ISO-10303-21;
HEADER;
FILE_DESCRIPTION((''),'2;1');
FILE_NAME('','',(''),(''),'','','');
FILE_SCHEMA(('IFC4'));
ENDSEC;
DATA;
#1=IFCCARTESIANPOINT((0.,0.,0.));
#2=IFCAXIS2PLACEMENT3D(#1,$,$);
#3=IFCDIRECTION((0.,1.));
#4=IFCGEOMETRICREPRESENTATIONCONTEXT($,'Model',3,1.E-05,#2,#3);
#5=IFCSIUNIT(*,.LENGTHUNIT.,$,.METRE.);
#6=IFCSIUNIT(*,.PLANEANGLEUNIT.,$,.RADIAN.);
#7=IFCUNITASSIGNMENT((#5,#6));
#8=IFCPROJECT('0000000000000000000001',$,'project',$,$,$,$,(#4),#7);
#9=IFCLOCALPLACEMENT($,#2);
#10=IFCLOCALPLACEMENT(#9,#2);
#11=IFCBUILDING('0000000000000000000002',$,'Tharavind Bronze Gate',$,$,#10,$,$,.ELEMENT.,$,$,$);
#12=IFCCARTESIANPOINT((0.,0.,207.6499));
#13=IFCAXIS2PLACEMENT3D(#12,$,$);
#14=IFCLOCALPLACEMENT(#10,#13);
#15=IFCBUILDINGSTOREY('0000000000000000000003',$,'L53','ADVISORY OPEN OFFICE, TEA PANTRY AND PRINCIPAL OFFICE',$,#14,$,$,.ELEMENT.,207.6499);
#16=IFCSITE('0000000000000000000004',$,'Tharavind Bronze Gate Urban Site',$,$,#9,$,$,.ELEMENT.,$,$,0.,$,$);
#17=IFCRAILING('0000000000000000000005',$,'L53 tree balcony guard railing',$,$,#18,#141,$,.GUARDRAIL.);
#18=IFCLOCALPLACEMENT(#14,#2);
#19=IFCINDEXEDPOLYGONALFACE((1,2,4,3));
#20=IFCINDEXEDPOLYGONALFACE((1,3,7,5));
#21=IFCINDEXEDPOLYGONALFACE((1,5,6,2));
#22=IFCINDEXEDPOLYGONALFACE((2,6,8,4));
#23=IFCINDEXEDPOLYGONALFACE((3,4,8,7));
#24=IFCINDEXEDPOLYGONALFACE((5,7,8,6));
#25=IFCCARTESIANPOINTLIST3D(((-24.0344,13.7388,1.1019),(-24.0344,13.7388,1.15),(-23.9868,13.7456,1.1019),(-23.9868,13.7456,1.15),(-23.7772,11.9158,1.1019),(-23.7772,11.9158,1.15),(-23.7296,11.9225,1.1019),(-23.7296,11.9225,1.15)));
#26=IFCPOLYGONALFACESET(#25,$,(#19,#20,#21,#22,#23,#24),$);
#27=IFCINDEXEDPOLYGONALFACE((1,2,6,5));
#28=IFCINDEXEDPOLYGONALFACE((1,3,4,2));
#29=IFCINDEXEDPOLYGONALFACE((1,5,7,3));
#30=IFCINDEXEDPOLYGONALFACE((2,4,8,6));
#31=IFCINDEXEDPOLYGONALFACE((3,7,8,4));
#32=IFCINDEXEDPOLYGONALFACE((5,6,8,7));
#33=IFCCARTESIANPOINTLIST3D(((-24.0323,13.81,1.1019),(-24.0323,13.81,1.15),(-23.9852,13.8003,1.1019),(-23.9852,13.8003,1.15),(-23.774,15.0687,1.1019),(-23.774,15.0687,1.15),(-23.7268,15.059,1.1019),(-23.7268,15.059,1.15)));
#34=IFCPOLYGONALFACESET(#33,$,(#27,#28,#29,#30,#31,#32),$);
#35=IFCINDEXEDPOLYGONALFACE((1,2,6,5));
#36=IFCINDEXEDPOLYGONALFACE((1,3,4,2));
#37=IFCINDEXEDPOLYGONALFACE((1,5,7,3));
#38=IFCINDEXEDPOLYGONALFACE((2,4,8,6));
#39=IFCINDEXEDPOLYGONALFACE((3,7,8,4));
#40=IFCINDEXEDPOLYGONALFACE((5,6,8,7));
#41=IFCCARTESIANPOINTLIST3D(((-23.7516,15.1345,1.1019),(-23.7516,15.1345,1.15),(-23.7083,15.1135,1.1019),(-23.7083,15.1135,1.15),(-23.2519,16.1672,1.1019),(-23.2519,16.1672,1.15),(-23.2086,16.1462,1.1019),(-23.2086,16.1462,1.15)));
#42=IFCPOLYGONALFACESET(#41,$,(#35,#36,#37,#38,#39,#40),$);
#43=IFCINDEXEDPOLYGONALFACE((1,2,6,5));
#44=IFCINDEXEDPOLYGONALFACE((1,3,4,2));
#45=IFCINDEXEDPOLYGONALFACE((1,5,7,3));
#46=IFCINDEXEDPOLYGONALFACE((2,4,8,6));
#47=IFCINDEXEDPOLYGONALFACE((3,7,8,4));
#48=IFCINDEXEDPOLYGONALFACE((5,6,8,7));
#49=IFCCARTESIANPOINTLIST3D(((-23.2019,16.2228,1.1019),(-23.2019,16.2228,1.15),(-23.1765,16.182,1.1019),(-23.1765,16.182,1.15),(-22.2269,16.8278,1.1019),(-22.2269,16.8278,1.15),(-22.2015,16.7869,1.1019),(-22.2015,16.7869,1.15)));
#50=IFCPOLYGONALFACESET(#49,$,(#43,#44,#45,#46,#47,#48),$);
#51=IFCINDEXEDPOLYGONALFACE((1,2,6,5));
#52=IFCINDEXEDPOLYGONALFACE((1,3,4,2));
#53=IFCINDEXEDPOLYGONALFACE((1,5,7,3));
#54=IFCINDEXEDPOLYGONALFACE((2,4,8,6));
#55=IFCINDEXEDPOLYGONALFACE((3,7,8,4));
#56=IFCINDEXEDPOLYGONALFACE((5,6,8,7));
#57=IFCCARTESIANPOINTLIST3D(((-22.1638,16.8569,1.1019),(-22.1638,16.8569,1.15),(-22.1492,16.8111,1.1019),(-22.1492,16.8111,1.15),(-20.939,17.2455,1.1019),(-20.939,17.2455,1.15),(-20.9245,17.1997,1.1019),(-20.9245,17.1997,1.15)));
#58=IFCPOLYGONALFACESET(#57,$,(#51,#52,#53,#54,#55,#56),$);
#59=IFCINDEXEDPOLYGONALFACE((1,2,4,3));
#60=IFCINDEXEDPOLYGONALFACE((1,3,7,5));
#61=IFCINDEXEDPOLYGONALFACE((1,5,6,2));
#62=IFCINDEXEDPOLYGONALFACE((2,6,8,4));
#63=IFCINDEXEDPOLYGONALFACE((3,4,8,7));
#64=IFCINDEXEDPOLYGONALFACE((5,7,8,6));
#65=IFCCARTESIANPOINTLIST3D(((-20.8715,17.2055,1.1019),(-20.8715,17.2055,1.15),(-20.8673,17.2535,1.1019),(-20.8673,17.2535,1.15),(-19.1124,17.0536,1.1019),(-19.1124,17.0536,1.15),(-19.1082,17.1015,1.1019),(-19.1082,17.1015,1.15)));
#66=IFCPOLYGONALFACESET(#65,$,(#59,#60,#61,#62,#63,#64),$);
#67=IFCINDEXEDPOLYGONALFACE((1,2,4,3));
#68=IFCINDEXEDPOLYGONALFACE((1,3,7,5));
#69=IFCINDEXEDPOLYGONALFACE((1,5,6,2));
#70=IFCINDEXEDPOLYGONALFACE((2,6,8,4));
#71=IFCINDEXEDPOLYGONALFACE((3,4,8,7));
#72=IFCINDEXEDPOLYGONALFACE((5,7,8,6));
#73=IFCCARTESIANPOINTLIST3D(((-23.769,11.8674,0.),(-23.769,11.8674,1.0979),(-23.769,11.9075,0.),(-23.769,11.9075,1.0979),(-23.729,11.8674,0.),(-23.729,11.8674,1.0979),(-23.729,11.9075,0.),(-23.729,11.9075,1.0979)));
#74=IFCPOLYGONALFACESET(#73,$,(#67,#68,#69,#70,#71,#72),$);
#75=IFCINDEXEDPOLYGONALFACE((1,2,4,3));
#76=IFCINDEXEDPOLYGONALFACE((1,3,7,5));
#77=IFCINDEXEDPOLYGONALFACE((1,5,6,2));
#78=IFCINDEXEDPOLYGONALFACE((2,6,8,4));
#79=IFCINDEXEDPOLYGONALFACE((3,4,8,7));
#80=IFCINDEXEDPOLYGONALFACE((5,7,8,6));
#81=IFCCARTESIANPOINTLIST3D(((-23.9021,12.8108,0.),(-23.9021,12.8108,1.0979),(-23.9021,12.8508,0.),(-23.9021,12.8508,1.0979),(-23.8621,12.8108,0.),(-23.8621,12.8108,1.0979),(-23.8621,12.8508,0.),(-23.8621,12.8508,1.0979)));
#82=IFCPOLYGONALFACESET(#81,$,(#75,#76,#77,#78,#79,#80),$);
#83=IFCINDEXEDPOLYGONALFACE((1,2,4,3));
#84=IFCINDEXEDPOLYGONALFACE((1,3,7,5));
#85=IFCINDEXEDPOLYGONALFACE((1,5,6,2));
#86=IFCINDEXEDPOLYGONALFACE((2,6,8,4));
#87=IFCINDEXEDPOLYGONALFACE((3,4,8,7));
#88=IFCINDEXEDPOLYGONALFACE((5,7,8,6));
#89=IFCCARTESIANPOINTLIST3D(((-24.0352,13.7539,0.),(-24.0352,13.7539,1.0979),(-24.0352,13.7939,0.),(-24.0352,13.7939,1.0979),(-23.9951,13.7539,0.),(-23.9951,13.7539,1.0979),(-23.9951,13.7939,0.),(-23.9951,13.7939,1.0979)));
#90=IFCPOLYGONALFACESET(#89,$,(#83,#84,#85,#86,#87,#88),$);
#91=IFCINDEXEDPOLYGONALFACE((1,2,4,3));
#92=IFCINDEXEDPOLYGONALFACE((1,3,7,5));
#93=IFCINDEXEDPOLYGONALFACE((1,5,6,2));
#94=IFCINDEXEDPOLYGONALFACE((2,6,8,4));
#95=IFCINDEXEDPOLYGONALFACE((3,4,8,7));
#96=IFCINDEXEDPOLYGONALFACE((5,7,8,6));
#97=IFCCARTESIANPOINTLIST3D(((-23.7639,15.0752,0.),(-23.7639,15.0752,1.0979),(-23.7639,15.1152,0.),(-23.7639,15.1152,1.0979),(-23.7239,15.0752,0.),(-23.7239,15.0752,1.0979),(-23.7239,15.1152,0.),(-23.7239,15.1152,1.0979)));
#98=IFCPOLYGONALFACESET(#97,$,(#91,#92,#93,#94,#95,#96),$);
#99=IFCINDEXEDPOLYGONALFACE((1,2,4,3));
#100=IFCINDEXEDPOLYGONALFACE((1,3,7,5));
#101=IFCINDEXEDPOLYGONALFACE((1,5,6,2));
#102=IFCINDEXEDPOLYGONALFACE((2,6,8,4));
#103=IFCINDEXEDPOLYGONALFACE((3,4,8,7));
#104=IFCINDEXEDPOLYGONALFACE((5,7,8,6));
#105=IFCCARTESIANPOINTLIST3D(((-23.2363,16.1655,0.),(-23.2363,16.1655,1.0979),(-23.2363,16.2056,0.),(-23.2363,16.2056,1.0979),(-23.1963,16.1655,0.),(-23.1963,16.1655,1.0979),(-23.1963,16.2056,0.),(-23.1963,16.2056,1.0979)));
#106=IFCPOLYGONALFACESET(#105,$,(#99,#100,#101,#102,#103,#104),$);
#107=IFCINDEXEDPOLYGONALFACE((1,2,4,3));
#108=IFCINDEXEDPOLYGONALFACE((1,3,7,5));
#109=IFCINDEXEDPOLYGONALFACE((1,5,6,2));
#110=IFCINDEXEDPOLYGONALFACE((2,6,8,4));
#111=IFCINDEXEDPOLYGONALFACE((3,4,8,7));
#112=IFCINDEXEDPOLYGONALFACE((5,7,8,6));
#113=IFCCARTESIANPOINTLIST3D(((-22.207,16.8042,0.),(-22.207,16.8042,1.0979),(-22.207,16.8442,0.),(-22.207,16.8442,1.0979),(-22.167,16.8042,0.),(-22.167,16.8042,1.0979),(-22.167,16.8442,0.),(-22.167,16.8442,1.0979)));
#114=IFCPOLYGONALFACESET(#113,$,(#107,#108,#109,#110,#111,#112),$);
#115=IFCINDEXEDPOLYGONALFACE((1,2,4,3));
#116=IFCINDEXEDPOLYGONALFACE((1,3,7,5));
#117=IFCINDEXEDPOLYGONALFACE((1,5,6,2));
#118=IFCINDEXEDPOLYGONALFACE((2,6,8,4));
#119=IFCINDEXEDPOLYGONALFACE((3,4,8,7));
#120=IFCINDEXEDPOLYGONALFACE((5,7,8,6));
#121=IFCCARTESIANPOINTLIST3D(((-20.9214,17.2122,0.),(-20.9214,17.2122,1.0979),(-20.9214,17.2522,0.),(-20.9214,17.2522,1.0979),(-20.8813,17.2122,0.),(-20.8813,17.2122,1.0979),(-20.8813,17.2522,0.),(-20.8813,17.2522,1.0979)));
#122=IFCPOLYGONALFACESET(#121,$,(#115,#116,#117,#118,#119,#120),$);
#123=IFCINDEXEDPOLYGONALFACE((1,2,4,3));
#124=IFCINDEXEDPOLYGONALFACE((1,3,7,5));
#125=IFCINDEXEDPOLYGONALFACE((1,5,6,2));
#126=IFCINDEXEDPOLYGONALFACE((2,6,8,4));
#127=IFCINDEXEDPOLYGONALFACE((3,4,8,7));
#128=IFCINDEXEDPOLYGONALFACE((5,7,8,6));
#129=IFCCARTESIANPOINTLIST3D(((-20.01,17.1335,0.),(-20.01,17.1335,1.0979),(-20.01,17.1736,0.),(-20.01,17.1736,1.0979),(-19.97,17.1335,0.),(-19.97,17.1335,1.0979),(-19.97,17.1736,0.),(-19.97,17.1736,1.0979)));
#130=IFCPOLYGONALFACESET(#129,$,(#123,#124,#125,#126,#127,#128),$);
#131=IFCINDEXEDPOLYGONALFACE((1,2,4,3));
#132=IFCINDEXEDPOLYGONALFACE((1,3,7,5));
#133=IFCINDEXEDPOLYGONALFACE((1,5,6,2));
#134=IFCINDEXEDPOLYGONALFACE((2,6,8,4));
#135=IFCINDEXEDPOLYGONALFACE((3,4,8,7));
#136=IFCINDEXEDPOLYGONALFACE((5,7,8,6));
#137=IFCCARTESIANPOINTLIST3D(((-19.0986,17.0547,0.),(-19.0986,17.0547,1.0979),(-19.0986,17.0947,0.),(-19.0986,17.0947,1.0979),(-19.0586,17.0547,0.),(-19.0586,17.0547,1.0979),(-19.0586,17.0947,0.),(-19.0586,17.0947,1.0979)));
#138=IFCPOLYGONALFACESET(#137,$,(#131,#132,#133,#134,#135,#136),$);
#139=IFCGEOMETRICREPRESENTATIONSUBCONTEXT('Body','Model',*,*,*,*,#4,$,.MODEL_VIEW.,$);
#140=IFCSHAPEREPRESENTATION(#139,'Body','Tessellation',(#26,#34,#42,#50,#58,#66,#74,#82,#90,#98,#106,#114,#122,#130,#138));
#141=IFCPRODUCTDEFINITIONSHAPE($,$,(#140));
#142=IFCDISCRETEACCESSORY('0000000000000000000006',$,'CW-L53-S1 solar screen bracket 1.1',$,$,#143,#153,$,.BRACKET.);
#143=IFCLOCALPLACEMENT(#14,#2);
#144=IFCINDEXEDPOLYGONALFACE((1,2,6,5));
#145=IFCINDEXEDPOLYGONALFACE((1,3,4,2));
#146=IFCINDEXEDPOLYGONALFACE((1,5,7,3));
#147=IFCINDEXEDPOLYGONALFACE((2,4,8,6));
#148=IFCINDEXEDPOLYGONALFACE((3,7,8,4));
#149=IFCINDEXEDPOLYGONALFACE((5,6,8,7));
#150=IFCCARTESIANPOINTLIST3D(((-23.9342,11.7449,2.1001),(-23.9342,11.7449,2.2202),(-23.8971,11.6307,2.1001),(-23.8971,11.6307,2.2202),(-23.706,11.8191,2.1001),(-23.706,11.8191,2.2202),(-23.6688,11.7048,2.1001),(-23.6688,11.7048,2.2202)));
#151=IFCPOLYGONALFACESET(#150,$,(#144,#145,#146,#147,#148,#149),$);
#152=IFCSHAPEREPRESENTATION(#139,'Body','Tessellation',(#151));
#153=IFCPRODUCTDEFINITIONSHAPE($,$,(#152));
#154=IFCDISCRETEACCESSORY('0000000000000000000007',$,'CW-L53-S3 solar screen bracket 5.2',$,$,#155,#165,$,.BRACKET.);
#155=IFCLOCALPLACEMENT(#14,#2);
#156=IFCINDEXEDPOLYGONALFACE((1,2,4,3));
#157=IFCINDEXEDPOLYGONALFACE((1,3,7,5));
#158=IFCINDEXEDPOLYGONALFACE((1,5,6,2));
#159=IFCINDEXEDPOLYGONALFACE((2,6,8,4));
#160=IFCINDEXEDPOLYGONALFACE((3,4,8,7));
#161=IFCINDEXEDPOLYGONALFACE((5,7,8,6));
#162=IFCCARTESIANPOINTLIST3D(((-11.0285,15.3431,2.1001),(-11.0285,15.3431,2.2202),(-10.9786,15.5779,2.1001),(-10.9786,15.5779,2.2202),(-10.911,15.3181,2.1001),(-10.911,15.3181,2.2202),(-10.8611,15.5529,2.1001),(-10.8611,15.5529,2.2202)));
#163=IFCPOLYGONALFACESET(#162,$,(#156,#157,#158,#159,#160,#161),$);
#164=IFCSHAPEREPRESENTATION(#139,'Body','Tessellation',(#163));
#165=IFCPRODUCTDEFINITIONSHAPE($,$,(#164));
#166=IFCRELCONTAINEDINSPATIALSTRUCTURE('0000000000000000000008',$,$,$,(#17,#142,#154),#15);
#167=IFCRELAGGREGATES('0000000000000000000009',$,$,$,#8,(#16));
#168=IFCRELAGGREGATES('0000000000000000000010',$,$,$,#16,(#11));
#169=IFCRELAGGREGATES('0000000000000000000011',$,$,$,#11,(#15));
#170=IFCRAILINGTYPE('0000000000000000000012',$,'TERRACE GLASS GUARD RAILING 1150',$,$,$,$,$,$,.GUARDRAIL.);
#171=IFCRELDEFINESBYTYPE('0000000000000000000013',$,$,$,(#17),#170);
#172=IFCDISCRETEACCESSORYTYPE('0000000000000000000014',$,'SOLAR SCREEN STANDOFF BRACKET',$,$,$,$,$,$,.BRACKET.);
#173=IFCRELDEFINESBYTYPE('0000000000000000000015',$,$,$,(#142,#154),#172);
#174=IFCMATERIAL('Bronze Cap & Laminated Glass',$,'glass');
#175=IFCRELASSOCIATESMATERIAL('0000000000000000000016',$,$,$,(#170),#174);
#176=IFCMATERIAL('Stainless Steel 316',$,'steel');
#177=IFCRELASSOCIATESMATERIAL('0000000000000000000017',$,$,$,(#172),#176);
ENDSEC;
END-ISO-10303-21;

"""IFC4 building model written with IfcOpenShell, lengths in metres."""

from ifc_helpers import new_model, si_unit, direction, frame, origin, origin_2d, place, context, subcontext, project, spatial, rectangle, extrude, material, type_object, element, save


model = new_model("IFC4")

# Units and contexts
model_context = context("Model", 3, precision=1e-05, world=origin(), true_north=direction((0.0, 1.0)))
body_context = subcontext(model_context, "Body", "Model", "MODEL_VIEW")
ifc_project = project(units=[si_unit("LENGTHUNIT", "METRE"), si_unit("PLANEANGLEUNIT", "RADIAN")], contexts=[model_context])

# Site, building, storey
site_placement = place(None, origin())
site = spatial("IfcSite", under=ifc_project, at=site_placement, Name="Tharavind Bronze Gate Urban Site", CompositionType="ELEMENT", RefElevation=0.0)
building_placement = place(site_placement, origin())
building = spatial("IfcBuilding", under=site, at=building_placement, Name="Tharavind Bronze Gate", CompositionType="ELEMENT")
storey_placement = place(building_placement, frame((0.0, 0.0, 207.6499)))
storey = spatial("IfcBuildingStorey", under=building, at=storey_placement, Name="L53", Description="ADVISORY OPEN OFFICE, TEA PANTRY AND PRINCIPAL OFFICE", CompositionType="ELEMENT", Elevation=207.6499)

# Railing
ifc_material_1 = material(Name="Bronze Cap & Laminated Glass", Category="glass")
railing_type = type_object("IfcRailingType", Name="TERRACE GLASS GUARD RAILING 1150", PredefinedType="GUARDRAIL", material=ifc_material_1)
railing_placement = place(storey_placement, frame((-23.749, 11.8875, 0.0)))
element("IfcRailing", 1, at=railing_placement, inside=storey, type_object=railing_type, Name="L53 tree balcony guard railing", PredefinedType="GUARDRAIL", context=body_context, shape_type="SweptSolid", body=[
    extrude(rectangle(XDim=0.0481, YDim=0.0481, at=origin_2d()), frame((-0.0044, 0.0317, 1.126), z_axis=(-0.139681, 0.990197, 0.0), x_axis=(-0.990197, -0.139681, 0.0)), (0.0, 0.0, 1.0), 1.8411),
    extrude(rectangle(XDim=0.0481, YDim=0.0481, at=origin_2d()), frame((-0.2598, 1.9177, 1.126), z_axis=(0.201091, 0.979573, 0.0), x_axis=(-0.979573, 0.201091, 0.0)), (0.0, 0.0, 1.0), 1.2849),
    extrude(rectangle(XDim=0.0481, YDim=0.0481, at=origin_2d()), frame((0.019, 3.2366, 1.126), z_axis=(0.435566, 0.900157, 0.0), x_axis=(-0.900157, 0.435566, 0.0)), (0.0, 0.0, 1.0), 1.1472),
    extrude(rectangle(XDim=0.0481, YDim=0.0481, at=origin_2d()), frame((0.5598, 4.3149, 1.126), z_axis=(0.849715, 0.527242, 0.0), x_axis=(-0.527242, 0.849715, 0.0)), (0.0, 0.0, 1.0), 1.1475),
    extrude(rectangle(XDim=0.0481, YDim=0.0481, at=origin_2d()), frame((1.5925, 4.9465, 1.126), z_axis=(0.953163, 0.302456, 0.0), x_axis=(-0.302456, 0.953163, 0.0)), (0.0, 0.0, 1.0), 1.2849),
    extrude(rectangle(XDim=0.0481, YDim=0.0481, at=origin_2d()), frame((2.8796, 5.342, 1.126), z_axis=(0.996289, -0.086071, 0.0), x_axis=(0.086071, 0.996289, 0.0)), (0.0, 0.0, 1.0), 1.7656),
    extrude(rectangle(XDim=0.04, YDim=0.04, at=origin_2d()), origin(), (0.0, 0.0, 1.0), 1.0979),
    extrude(rectangle(XDim=0.04, YDim=0.04, at=origin_2d()), frame((-0.1331, 0.9434, 0.0)), (0.0, 0.0, 1.0), 1.0979),
    extrude(rectangle(XDim=0.04, YDim=0.04, at=origin_2d()), frame((-0.2661, 1.8865, 0.0)), (0.0, 0.0, 1.0), 1.0979),
    extrude(rectangle(XDim=0.04, YDim=0.04, at=origin_2d()), frame((0.0051, 3.2078, 0.0)), (0.0, 0.0, 1.0), 1.0979),
    extrude(rectangle(XDim=0.04, YDim=0.04, at=origin_2d()), frame((0.5327, 4.2981, 0.0)), (0.0, 0.0, 1.0), 1.0979),
    extrude(rectangle(XDim=0.04, YDim=0.04, at=origin_2d()), frame((1.562, 4.9368, 0.0)), (0.0, 0.0, 1.0), 1.0979),
    extrude(rectangle(XDim=0.04, YDim=0.04, at=origin_2d()), frame((2.8477, 5.3447, 0.0)), (0.0, 0.0, 1.0), 1.0979),
    extrude(rectangle(XDim=0.04, YDim=0.04, at=origin_2d()), frame((3.759, 5.2661, 0.0)), (0.0, 0.0, 1.0), 1.0979),
    extrude(rectangle(XDim=0.04, YDim=0.04, at=origin_2d()), frame((4.6704, 5.1873, 0.0)), (0.0, 0.0, 1.0), 1.0979),
])

# Discrete accessories
ifc_material_2 = material(Name="Stainless Steel 316", Category="steel")
discrete_accessory_type = type_object("IfcDiscreteAccessoryType", Name="SOLAR SCREEN STANDOFF BRACKET", PredefinedType="BRACKET", material=ifc_material_2)
for number, where, z_axis, x_axis, name in (
    (2, (-23.8015, 11.7249, 2.1001), (0.0, 0.0, 1.0), (0.309017, -0.951057, 0.0), "CW-L53-S1 solar screen bracket 1.1"),
    (3, (-10.9448, 15.448, 2.1001), (0.0, 0.0, 1.0), (-0.978148, 0.207912, 0.0), "CW-L53-S3 solar screen bracket 5.2"),
):
    element("IfcDiscreteAccessory", number, at=place(storey_placement, frame(where, z_axis=z_axis, x_axis=x_axis)), inside=storey, type_object=discrete_accessory_type, Name=name, PredefinedType="BRACKET", context=body_context, shape_type="SweptSolid", body=[
        extrude(rectangle(XDim=0.1201, YDim=0.24, at=origin_2d()), origin(), (0.0, 0.0, 1.0), 0.1201),
    ])

save(model, "model.ifc")
